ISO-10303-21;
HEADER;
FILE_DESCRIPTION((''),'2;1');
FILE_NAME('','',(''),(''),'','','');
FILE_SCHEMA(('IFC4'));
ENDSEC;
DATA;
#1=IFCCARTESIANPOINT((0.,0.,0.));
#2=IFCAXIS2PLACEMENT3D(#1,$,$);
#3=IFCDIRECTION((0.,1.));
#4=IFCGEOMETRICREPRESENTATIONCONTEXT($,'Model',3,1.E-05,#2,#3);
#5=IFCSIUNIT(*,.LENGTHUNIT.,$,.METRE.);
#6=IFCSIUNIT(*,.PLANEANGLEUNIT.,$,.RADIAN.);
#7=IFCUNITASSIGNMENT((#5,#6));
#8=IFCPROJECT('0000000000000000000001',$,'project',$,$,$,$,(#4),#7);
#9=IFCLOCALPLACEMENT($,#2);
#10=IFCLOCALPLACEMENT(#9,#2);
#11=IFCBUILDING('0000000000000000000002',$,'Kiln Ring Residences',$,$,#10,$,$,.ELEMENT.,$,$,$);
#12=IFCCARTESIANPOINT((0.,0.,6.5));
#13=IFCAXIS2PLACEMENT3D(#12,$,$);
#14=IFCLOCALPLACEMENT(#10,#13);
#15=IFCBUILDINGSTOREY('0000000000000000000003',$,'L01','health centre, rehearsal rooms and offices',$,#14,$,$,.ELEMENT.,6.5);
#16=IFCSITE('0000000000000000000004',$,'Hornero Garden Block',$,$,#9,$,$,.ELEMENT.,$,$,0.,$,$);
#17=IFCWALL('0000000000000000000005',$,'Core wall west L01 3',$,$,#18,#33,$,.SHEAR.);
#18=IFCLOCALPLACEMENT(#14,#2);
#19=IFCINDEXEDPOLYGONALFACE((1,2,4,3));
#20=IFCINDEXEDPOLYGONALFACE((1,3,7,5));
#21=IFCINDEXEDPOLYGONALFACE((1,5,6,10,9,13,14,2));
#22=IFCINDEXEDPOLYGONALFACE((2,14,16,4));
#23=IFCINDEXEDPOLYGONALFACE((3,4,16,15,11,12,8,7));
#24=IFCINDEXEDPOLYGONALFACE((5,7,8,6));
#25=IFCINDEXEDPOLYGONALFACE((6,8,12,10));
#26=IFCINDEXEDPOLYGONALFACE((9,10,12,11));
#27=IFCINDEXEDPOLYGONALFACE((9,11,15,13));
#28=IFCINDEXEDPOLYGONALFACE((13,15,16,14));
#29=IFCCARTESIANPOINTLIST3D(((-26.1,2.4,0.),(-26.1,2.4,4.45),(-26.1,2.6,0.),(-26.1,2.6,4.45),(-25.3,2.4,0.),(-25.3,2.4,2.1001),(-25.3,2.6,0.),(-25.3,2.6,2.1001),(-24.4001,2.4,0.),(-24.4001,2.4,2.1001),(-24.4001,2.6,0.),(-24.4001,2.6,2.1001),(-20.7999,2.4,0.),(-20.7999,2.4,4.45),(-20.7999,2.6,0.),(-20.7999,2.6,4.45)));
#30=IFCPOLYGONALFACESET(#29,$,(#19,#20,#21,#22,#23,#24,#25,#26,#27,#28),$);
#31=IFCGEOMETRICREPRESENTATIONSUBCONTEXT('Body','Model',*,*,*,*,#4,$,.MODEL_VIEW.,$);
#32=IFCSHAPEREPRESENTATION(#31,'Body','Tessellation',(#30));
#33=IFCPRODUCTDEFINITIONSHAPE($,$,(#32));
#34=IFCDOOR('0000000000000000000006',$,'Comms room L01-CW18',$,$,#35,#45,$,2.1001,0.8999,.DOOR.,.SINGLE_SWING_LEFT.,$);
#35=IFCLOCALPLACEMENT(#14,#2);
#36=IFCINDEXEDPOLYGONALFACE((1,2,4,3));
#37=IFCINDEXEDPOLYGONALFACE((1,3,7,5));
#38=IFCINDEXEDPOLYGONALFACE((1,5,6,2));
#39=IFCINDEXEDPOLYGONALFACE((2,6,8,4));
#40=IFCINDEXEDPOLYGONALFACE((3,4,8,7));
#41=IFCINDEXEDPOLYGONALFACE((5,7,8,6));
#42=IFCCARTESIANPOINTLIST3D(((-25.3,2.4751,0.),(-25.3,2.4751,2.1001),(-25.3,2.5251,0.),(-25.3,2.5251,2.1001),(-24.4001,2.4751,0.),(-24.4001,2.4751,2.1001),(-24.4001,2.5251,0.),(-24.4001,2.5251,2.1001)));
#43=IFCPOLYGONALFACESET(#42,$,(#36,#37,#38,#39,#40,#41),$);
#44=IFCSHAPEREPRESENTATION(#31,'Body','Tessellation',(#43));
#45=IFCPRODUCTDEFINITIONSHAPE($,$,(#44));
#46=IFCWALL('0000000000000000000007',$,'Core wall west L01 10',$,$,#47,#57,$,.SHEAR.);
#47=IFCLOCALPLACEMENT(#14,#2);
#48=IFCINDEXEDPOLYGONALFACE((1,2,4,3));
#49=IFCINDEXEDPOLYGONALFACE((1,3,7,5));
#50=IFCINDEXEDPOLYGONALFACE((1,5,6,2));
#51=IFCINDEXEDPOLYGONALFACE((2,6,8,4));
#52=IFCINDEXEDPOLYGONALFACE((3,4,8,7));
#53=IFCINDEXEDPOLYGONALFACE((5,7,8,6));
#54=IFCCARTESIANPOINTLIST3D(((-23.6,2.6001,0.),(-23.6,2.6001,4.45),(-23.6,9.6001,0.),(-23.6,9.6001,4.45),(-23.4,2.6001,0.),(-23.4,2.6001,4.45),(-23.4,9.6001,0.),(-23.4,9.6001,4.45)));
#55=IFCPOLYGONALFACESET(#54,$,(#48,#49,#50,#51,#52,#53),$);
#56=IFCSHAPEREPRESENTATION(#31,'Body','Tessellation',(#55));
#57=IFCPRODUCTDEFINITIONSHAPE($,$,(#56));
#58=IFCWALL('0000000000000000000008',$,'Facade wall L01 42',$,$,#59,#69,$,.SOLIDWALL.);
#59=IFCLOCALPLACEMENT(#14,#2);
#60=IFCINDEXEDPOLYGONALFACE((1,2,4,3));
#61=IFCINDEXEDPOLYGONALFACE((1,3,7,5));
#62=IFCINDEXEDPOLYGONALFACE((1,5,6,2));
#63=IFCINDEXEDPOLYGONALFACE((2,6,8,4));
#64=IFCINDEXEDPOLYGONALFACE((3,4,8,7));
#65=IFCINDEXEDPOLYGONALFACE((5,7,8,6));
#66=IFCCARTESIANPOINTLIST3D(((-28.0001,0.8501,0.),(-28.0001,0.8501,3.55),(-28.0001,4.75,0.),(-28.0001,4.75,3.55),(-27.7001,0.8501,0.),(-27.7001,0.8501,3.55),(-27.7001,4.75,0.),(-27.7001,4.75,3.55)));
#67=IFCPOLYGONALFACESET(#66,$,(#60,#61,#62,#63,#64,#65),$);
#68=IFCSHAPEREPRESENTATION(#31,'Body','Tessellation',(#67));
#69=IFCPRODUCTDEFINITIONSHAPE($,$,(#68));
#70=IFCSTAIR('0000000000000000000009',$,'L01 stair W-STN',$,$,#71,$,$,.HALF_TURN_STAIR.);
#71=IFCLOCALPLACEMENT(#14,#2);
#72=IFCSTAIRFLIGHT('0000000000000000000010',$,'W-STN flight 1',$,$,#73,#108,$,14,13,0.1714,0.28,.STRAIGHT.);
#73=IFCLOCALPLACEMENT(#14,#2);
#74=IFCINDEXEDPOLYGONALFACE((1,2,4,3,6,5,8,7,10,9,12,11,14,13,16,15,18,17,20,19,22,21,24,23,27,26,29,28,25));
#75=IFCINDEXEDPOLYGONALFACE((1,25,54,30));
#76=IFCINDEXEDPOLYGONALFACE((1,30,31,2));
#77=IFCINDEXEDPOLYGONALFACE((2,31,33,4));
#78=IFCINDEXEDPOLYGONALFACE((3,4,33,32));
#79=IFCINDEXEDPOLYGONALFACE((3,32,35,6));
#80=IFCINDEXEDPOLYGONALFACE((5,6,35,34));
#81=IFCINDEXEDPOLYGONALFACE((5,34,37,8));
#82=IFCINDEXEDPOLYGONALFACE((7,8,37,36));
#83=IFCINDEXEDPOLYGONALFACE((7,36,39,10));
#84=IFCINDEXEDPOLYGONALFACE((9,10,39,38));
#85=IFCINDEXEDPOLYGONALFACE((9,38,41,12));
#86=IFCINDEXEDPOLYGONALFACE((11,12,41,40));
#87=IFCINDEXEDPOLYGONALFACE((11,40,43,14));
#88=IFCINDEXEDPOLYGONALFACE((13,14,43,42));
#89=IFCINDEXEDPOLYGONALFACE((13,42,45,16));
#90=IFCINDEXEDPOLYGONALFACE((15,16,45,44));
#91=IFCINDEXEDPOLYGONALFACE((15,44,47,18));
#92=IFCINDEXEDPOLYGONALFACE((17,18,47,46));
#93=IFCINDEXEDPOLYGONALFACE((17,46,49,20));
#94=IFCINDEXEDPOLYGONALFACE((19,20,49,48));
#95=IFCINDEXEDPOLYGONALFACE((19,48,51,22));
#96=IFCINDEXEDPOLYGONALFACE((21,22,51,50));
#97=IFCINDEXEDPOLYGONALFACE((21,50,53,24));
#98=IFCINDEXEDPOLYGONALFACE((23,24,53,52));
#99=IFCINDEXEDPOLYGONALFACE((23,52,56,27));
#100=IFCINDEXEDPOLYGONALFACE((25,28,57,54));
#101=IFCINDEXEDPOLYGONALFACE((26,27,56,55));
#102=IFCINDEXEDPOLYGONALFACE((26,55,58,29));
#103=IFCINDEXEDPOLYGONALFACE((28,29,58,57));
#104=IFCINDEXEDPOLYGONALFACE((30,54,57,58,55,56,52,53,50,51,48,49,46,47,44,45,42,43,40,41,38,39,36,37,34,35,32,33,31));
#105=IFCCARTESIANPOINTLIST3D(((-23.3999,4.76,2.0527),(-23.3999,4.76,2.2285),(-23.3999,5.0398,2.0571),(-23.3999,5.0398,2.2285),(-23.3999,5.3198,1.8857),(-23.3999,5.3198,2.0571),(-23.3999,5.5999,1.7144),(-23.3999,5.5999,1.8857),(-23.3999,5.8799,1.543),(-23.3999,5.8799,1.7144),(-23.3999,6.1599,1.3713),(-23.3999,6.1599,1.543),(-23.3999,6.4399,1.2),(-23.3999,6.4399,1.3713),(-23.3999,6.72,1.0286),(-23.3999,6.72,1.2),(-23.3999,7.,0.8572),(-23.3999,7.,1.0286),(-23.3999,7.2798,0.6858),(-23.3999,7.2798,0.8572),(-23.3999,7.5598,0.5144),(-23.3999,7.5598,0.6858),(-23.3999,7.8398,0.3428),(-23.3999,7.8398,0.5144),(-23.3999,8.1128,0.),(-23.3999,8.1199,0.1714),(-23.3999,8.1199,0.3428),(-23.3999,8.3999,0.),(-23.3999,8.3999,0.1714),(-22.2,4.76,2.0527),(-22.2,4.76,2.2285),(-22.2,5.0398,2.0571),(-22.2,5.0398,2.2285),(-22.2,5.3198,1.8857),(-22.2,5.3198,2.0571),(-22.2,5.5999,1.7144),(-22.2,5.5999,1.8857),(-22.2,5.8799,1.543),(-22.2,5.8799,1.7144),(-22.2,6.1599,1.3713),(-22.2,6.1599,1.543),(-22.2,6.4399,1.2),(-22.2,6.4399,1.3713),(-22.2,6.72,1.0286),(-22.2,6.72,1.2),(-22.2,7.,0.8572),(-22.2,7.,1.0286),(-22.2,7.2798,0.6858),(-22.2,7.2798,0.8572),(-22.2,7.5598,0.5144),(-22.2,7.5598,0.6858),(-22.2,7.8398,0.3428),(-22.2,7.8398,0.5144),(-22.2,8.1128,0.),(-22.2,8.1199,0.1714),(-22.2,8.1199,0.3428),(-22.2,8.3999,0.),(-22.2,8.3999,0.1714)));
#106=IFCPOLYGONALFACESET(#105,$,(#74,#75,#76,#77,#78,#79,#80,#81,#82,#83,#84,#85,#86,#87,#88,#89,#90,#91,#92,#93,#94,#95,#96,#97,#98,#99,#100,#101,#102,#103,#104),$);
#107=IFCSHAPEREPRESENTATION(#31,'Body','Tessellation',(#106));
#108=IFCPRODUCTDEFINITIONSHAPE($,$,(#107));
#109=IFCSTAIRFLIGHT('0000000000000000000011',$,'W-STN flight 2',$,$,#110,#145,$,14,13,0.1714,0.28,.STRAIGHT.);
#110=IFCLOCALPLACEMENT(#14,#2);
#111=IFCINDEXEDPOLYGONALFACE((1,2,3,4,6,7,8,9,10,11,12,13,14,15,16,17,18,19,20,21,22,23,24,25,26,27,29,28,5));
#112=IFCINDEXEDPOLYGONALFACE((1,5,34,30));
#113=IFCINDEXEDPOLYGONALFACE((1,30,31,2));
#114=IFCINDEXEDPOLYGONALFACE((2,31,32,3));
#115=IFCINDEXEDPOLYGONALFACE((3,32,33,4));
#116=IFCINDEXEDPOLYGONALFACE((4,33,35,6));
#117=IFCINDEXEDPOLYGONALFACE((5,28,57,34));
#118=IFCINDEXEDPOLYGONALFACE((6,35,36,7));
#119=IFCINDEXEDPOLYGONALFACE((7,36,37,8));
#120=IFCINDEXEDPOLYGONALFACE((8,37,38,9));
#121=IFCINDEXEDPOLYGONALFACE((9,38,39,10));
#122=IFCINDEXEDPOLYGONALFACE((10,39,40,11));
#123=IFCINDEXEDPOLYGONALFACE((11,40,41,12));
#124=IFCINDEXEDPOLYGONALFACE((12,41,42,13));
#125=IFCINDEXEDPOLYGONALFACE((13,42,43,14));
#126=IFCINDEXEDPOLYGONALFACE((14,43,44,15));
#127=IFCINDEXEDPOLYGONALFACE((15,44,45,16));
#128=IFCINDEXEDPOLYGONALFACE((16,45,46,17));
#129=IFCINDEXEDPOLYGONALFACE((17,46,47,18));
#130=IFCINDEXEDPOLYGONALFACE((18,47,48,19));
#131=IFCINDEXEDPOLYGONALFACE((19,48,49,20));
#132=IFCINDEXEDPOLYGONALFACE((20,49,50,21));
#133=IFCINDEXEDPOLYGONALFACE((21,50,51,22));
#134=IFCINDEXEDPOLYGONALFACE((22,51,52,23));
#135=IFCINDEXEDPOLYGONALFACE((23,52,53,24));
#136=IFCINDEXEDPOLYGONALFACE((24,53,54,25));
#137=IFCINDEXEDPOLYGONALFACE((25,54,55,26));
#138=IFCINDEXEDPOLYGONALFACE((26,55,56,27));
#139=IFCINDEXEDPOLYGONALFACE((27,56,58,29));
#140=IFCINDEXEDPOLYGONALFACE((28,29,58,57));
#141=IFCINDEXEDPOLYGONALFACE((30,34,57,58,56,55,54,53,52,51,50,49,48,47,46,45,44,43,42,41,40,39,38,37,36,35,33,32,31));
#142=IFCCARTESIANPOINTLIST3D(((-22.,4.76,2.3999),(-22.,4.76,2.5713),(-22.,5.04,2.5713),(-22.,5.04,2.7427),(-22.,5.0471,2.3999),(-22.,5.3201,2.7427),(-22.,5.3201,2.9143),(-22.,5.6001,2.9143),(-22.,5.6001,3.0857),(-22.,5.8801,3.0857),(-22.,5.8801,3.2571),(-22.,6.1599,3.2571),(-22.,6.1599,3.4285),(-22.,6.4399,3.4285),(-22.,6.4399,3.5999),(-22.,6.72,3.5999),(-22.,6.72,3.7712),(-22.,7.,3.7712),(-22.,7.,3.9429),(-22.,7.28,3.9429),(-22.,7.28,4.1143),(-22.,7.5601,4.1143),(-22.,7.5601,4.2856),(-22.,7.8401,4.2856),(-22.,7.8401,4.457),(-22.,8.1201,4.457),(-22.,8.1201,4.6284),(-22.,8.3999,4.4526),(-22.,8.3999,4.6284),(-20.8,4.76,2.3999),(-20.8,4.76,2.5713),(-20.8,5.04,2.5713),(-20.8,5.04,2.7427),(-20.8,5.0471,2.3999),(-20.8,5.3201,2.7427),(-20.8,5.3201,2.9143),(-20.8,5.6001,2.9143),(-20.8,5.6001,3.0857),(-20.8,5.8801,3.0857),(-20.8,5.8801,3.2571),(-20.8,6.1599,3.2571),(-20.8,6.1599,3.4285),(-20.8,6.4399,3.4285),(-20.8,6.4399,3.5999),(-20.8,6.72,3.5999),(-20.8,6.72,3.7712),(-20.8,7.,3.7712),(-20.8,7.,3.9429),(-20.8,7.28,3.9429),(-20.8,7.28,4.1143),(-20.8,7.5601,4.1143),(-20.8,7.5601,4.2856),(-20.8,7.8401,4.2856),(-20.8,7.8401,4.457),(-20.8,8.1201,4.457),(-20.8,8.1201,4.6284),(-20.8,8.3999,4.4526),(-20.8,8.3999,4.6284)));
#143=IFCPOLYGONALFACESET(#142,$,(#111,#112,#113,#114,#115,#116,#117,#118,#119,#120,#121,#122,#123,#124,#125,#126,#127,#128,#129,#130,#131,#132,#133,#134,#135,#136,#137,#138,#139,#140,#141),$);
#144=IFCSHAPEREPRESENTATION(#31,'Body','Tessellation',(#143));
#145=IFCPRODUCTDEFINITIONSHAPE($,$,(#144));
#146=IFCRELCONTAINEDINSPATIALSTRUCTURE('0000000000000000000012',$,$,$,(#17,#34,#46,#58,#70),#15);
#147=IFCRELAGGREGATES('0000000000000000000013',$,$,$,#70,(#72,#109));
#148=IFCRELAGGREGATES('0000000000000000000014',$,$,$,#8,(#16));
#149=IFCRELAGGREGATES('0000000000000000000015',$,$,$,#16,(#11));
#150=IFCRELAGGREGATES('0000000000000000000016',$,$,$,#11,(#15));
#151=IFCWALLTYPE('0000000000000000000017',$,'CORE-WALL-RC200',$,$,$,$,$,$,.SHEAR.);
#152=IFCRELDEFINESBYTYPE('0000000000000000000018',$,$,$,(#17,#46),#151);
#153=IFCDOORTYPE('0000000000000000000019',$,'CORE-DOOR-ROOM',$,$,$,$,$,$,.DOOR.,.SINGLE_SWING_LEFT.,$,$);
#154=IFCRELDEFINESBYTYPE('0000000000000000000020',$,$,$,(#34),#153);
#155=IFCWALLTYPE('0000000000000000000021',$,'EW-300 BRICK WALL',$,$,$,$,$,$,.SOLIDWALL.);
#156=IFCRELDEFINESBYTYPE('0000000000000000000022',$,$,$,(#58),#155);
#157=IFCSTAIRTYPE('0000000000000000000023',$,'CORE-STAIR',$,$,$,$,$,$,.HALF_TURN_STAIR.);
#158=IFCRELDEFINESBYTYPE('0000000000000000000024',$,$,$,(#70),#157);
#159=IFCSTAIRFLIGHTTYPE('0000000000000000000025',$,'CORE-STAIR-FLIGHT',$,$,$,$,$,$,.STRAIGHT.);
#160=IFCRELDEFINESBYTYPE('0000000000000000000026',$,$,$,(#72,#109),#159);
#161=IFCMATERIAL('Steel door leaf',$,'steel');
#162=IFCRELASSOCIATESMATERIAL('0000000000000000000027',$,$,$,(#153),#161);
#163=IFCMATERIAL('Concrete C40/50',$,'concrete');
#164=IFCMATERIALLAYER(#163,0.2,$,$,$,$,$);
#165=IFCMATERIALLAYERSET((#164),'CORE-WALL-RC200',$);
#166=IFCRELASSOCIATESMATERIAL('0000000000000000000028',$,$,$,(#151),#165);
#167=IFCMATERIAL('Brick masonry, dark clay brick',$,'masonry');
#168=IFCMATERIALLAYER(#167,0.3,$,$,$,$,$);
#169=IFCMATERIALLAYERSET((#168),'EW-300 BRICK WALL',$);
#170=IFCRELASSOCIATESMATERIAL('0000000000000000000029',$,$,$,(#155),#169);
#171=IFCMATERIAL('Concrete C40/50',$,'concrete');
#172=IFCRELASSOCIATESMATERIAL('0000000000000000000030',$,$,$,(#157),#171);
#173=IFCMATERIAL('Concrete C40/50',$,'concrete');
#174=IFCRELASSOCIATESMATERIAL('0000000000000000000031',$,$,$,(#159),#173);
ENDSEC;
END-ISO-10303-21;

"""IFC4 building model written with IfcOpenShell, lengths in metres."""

from ifc_helpers import new_model, si_unit, direction, frame, frame_2d, origin, place, context, subcontext, project, spatial, polyline, rectangle, outline, extrude, material, layer, layer_set, type_object, element, fill, aggregate, save


model = new_model("IFC4")

# Units and contexts
model_context = context("Model", 3, precision=1e-05, world=origin(), true_north=direction((0.0, 1.0)))
body_context = subcontext(model_context, "Body", "Model", "MODEL_VIEW")
ifc_project = project(units=[si_unit("LENGTHUNIT", "METRE"), si_unit("PLANEANGLEUNIT", "RADIAN")], contexts=[model_context])

# Site, building, storey
site_placement = place(None, origin())
site = spatial("IfcSite", under=ifc_project, at=site_placement, Name="Hornero Garden Block", CompositionType="ELEMENT", RefElevation=0.0)
building_placement = place(site_placement, origin())
building = spatial("IfcBuilding", under=site, at=building_placement, Name="Kiln Ring Residences", CompositionType="ELEMENT")
storey_placement = place(building_placement, frame((0.0, 0.0, 6.5)))
storey = spatial("IfcBuildingStorey", under=building, at=storey_placement, Name="L01", Description="health centre, rehearsal rooms and offices", CompositionType="ELEMENT", Elevation=6.5)

# Shared definitions
ifc_material_1 = material(Name="Steel door leaf", Category="steel")
door_type = type_object("IfcDoorType", Name="CORE-DOOR-ROOM", OperationType="SINGLE_SWING_LEFT", PredefinedType="DOOR", material=ifc_material_1)

# Shared definitions
ifc_material_2 = material(Name="Concrete C40/50", Category="concrete")
ifc_layer_1 = layer(ifc_material_2, 0.2)
ifc_layer_set_1 = layer_set([ifc_layer_1], Name="CORE-WALL-RC200")
wall_type_1 = type_object("IfcWallType", Name="CORE-WALL-RC200", PredefinedType="SHEAR", material=ifc_layer_set_1)

# Wall, opening, door
wall_1_placement = place(storey_placement, frame((-20.8, 2.5, 0.0), z_axis=(0.0, 0.0, 1.0), x_axis=(-1.0, 0.0, 0.0)))
wall_1 = element("IfcWall", 1, at=wall_1_placement, inside=storey, type_object=wall_type_1, Name="Core wall west L01 3", PredefinedType="SHEAR", context=body_context, shape_type="SweptSolid", body=[
    extrude(rectangle(XDim=5.3, YDim=0.2, at=frame_2d((2.6499, 0.0))), origin(), (0.0, 0.0, 1.0), 4.45),
])
opening_1_placement = place(wall_1_placement, frame((3.6001, 0.0, 0.0)))
opening_1 = element("IfcOpeningElement", 2, at=opening_1_placement, cuts=wall_1, PredefinedType="OPENING", context=body_context, shape_type="SweptSolid", body=[
    extrude(rectangle(XDim=0.8999, YDim=2.1001, at=frame_2d((0.45, 1.05))), frame((0.0, 0.1099, 0.0), z_axis=(0.0, -1.0, 0.0), x_axis=(1.0, 0.0, 0.0)), (0.0, 0.0, 1.0), 0.22),
])
door_1_placement = place(opening_1_placement, origin())
door_1 = element("IfcDoor", 3, at=door_1_placement, inside=storey, type_object=door_type, Name="Comms room L01-CW18", OperationType="SINGLE_SWING_LEFT", OverallHeight=2.1001, OverallWidth=0.8999, PredefinedType="DOOR", context=body_context, shape_type="SweptSolid", body=[
    extrude(rectangle(XDim=0.8999, YDim=2.1001, at=frame_2d((0.45, 1.05))), frame((0.0, 0.0249, 0.0), z_axis=(0.0, -1.0, 0.0), x_axis=(1.0, 0.0, 0.0)), (0.0, 0.0, 1.0), 0.05),
])
fill(opening_1, door_1)

# Walls
wall_2_placement = place(storey_placement, frame((-23.5, 2.6001, 0.0), z_axis=(0.0, 0.0, 1.0), x_axis=(0.0, 1.0, 0.0)))
element("IfcWall", 4, at=wall_2_placement, inside=storey, type_object=wall_type_1, Name="Core wall west L01 10", PredefinedType="SHEAR", context=body_context, shape_type="SweptSolid", body=[
    extrude(rectangle(XDim=7.0, YDim=0.2, at=frame_2d((3.5, 0.0))), origin(), (0.0, 0.0, 1.0), 4.45),
])
ifc_material_3 = material(Name="Brick masonry, dark clay brick", Category="masonry")
ifc_layer_2 = layer(ifc_material_3, 0.3)
ifc_layer_set_2 = layer_set([ifc_layer_2], Name="EW-300 BRICK WALL")
wall_type_2 = type_object("IfcWallType", Name="EW-300 BRICK WALL", PredefinedType="SOLIDWALL", material=ifc_layer_set_2)
wall_3_placement = place(storey_placement, frame((-27.8501, 4.75, 0.0), z_axis=(0.0, 0.0, 1.0), x_axis=(0.0, -1.0, 0.0)))
element("IfcWall", 5, at=wall_3_placement, inside=storey, type_object=wall_type_2, Name="Facade wall L01 42", PredefinedType="SOLIDWALL", context=body_context, shape_type="SweptSolid", body=[
    extrude(rectangle(XDim=3.8999, YDim=0.3, at=frame_2d((1.95, 0.0))), origin(), (0.0, 0.0, 1.0), 3.55),
])

# Stair, stair flights
ifc_material_4 = material(Name="Concrete C40/50", Category="concrete")
stair_type = type_object("IfcStairType", Name="CORE-STAIR", PredefinedType="HALF_TURN_STAIR", material=ifc_material_4)
stair_placement = place(storey_placement, origin())
stair = element("IfcStair", 6, at=stair_placement, inside=storey, type_object=stair_type, Name="L01 stair W-STN", PredefinedType="HALF_TURN_STAIR")
ifc_material_5 = material(Name="Concrete C40/50", Category="concrete")
stair_flight_type = type_object("IfcStairFlightType", Name="CORE-STAIR-FLIGHT", PredefinedType="STRAIGHT", material=ifc_material_5)
stair_flight_1_placement = place(storey_placement, frame((-22.8, 8.3999, 0.0), z_axis=(0.0, 0.0, 1.0), x_axis=(0.0, -1.0, 0.0)))
stair_flight_1 = element("IfcStairFlight", 7, at=stair_flight_1_placement, type_object=stair_flight_type, Name="W-STN flight 1", NumberOfRisers=14, NumberOfTreads=13, PredefinedType="STRAIGHT", RiserHeight=0.1714, TreadLength=0.28, context=body_context, shape_type="SweptSolid", body=[
    extrude(outline(polyline([(0.0, 0.0), (0.0, 0.1714), (0.28, 0.1714), (0.28, 0.3428), (0.5601, 0.3428), (0.5601, 0.5144), (0.8401, 0.5144), (0.8401, 0.6858), (1.1201, 0.6858), (1.1201, 0.8572), (1.3999, 0.8572), (1.3999, 1.0286), (1.6799, 1.0286), (1.6799, 1.2), (1.96, 1.2), (1.96, 1.3713), (2.24, 1.3713), (2.24, 1.543), (2.52, 1.543), (2.52, 1.7144), (2.8, 1.7144), (2.8, 1.8857), (3.0801, 1.8857), (3.0801, 2.0571), (3.3601, 2.0571), (3.3601, 2.2285), (3.6399, 2.2285), (3.6399, 2.3999), (3.6399, 2.0527), (0.2871, 0.0), (0.0, 0.0)])), frame((0.0, 0.6001, 0.0), z_axis=(0.0, -1.0, 0.0), x_axis=(1.0, 0.0, 0.0)), (0.0, 0.0, 1.0), 1.2),
])
stair_flight_2_placement = place(storey_placement, frame((-21.3999, 4.76, 2.3999), z_axis=(0.0, 0.0, 1.0), x_axis=(0.0, 1.0, 0.0)))
stair_flight_2 = element("IfcStairFlight", 8, at=stair_flight_2_placement, type_object=stair_flight_type, Name="W-STN flight 2", NumberOfRisers=14, NumberOfTreads=13, PredefinedType="STRAIGHT", RiserHeight=0.1714, TreadLength=0.28, context=body_context, shape_type="SweptSolid", body=[
    extrude(outline(polyline([(0.0, 0.0), (0.0, 0.1714), (0.28, 0.1714), (0.28, 0.3428), (0.5601, 0.3428), (0.5601, 0.5144), (0.8401, 0.5144), (0.8401, 0.6858), (1.1201, 0.6858), (1.1201, 0.8572), (1.3999, 0.8572), (1.3999, 1.0286), (1.6799, 1.0286), (1.6799, 1.2), (1.96, 1.2), (1.96, 1.3713), (2.24, 1.3713), (2.24, 1.543), (2.52, 1.543), (2.52, 1.7144), (2.8, 1.7144), (2.8, 1.8857), (3.0801, 1.8857), (3.0801, 2.0571), (3.3601, 2.0571), (3.3601, 2.2285), (3.6399, 2.2285), (3.6399, 2.3999), (3.6399, 2.0527), (0.2871, 0.0), (0.0, 0.0)])), frame((0.0, 0.6001, 0.0), z_axis=(0.0, -1.0, 0.0), x_axis=(1.0, 0.0, 0.0)), (0.0, 0.0, 1.0), 1.2),
])
aggregate(stair, [stair_flight_1, stair_flight_2])

save(model, "model.ifc")
